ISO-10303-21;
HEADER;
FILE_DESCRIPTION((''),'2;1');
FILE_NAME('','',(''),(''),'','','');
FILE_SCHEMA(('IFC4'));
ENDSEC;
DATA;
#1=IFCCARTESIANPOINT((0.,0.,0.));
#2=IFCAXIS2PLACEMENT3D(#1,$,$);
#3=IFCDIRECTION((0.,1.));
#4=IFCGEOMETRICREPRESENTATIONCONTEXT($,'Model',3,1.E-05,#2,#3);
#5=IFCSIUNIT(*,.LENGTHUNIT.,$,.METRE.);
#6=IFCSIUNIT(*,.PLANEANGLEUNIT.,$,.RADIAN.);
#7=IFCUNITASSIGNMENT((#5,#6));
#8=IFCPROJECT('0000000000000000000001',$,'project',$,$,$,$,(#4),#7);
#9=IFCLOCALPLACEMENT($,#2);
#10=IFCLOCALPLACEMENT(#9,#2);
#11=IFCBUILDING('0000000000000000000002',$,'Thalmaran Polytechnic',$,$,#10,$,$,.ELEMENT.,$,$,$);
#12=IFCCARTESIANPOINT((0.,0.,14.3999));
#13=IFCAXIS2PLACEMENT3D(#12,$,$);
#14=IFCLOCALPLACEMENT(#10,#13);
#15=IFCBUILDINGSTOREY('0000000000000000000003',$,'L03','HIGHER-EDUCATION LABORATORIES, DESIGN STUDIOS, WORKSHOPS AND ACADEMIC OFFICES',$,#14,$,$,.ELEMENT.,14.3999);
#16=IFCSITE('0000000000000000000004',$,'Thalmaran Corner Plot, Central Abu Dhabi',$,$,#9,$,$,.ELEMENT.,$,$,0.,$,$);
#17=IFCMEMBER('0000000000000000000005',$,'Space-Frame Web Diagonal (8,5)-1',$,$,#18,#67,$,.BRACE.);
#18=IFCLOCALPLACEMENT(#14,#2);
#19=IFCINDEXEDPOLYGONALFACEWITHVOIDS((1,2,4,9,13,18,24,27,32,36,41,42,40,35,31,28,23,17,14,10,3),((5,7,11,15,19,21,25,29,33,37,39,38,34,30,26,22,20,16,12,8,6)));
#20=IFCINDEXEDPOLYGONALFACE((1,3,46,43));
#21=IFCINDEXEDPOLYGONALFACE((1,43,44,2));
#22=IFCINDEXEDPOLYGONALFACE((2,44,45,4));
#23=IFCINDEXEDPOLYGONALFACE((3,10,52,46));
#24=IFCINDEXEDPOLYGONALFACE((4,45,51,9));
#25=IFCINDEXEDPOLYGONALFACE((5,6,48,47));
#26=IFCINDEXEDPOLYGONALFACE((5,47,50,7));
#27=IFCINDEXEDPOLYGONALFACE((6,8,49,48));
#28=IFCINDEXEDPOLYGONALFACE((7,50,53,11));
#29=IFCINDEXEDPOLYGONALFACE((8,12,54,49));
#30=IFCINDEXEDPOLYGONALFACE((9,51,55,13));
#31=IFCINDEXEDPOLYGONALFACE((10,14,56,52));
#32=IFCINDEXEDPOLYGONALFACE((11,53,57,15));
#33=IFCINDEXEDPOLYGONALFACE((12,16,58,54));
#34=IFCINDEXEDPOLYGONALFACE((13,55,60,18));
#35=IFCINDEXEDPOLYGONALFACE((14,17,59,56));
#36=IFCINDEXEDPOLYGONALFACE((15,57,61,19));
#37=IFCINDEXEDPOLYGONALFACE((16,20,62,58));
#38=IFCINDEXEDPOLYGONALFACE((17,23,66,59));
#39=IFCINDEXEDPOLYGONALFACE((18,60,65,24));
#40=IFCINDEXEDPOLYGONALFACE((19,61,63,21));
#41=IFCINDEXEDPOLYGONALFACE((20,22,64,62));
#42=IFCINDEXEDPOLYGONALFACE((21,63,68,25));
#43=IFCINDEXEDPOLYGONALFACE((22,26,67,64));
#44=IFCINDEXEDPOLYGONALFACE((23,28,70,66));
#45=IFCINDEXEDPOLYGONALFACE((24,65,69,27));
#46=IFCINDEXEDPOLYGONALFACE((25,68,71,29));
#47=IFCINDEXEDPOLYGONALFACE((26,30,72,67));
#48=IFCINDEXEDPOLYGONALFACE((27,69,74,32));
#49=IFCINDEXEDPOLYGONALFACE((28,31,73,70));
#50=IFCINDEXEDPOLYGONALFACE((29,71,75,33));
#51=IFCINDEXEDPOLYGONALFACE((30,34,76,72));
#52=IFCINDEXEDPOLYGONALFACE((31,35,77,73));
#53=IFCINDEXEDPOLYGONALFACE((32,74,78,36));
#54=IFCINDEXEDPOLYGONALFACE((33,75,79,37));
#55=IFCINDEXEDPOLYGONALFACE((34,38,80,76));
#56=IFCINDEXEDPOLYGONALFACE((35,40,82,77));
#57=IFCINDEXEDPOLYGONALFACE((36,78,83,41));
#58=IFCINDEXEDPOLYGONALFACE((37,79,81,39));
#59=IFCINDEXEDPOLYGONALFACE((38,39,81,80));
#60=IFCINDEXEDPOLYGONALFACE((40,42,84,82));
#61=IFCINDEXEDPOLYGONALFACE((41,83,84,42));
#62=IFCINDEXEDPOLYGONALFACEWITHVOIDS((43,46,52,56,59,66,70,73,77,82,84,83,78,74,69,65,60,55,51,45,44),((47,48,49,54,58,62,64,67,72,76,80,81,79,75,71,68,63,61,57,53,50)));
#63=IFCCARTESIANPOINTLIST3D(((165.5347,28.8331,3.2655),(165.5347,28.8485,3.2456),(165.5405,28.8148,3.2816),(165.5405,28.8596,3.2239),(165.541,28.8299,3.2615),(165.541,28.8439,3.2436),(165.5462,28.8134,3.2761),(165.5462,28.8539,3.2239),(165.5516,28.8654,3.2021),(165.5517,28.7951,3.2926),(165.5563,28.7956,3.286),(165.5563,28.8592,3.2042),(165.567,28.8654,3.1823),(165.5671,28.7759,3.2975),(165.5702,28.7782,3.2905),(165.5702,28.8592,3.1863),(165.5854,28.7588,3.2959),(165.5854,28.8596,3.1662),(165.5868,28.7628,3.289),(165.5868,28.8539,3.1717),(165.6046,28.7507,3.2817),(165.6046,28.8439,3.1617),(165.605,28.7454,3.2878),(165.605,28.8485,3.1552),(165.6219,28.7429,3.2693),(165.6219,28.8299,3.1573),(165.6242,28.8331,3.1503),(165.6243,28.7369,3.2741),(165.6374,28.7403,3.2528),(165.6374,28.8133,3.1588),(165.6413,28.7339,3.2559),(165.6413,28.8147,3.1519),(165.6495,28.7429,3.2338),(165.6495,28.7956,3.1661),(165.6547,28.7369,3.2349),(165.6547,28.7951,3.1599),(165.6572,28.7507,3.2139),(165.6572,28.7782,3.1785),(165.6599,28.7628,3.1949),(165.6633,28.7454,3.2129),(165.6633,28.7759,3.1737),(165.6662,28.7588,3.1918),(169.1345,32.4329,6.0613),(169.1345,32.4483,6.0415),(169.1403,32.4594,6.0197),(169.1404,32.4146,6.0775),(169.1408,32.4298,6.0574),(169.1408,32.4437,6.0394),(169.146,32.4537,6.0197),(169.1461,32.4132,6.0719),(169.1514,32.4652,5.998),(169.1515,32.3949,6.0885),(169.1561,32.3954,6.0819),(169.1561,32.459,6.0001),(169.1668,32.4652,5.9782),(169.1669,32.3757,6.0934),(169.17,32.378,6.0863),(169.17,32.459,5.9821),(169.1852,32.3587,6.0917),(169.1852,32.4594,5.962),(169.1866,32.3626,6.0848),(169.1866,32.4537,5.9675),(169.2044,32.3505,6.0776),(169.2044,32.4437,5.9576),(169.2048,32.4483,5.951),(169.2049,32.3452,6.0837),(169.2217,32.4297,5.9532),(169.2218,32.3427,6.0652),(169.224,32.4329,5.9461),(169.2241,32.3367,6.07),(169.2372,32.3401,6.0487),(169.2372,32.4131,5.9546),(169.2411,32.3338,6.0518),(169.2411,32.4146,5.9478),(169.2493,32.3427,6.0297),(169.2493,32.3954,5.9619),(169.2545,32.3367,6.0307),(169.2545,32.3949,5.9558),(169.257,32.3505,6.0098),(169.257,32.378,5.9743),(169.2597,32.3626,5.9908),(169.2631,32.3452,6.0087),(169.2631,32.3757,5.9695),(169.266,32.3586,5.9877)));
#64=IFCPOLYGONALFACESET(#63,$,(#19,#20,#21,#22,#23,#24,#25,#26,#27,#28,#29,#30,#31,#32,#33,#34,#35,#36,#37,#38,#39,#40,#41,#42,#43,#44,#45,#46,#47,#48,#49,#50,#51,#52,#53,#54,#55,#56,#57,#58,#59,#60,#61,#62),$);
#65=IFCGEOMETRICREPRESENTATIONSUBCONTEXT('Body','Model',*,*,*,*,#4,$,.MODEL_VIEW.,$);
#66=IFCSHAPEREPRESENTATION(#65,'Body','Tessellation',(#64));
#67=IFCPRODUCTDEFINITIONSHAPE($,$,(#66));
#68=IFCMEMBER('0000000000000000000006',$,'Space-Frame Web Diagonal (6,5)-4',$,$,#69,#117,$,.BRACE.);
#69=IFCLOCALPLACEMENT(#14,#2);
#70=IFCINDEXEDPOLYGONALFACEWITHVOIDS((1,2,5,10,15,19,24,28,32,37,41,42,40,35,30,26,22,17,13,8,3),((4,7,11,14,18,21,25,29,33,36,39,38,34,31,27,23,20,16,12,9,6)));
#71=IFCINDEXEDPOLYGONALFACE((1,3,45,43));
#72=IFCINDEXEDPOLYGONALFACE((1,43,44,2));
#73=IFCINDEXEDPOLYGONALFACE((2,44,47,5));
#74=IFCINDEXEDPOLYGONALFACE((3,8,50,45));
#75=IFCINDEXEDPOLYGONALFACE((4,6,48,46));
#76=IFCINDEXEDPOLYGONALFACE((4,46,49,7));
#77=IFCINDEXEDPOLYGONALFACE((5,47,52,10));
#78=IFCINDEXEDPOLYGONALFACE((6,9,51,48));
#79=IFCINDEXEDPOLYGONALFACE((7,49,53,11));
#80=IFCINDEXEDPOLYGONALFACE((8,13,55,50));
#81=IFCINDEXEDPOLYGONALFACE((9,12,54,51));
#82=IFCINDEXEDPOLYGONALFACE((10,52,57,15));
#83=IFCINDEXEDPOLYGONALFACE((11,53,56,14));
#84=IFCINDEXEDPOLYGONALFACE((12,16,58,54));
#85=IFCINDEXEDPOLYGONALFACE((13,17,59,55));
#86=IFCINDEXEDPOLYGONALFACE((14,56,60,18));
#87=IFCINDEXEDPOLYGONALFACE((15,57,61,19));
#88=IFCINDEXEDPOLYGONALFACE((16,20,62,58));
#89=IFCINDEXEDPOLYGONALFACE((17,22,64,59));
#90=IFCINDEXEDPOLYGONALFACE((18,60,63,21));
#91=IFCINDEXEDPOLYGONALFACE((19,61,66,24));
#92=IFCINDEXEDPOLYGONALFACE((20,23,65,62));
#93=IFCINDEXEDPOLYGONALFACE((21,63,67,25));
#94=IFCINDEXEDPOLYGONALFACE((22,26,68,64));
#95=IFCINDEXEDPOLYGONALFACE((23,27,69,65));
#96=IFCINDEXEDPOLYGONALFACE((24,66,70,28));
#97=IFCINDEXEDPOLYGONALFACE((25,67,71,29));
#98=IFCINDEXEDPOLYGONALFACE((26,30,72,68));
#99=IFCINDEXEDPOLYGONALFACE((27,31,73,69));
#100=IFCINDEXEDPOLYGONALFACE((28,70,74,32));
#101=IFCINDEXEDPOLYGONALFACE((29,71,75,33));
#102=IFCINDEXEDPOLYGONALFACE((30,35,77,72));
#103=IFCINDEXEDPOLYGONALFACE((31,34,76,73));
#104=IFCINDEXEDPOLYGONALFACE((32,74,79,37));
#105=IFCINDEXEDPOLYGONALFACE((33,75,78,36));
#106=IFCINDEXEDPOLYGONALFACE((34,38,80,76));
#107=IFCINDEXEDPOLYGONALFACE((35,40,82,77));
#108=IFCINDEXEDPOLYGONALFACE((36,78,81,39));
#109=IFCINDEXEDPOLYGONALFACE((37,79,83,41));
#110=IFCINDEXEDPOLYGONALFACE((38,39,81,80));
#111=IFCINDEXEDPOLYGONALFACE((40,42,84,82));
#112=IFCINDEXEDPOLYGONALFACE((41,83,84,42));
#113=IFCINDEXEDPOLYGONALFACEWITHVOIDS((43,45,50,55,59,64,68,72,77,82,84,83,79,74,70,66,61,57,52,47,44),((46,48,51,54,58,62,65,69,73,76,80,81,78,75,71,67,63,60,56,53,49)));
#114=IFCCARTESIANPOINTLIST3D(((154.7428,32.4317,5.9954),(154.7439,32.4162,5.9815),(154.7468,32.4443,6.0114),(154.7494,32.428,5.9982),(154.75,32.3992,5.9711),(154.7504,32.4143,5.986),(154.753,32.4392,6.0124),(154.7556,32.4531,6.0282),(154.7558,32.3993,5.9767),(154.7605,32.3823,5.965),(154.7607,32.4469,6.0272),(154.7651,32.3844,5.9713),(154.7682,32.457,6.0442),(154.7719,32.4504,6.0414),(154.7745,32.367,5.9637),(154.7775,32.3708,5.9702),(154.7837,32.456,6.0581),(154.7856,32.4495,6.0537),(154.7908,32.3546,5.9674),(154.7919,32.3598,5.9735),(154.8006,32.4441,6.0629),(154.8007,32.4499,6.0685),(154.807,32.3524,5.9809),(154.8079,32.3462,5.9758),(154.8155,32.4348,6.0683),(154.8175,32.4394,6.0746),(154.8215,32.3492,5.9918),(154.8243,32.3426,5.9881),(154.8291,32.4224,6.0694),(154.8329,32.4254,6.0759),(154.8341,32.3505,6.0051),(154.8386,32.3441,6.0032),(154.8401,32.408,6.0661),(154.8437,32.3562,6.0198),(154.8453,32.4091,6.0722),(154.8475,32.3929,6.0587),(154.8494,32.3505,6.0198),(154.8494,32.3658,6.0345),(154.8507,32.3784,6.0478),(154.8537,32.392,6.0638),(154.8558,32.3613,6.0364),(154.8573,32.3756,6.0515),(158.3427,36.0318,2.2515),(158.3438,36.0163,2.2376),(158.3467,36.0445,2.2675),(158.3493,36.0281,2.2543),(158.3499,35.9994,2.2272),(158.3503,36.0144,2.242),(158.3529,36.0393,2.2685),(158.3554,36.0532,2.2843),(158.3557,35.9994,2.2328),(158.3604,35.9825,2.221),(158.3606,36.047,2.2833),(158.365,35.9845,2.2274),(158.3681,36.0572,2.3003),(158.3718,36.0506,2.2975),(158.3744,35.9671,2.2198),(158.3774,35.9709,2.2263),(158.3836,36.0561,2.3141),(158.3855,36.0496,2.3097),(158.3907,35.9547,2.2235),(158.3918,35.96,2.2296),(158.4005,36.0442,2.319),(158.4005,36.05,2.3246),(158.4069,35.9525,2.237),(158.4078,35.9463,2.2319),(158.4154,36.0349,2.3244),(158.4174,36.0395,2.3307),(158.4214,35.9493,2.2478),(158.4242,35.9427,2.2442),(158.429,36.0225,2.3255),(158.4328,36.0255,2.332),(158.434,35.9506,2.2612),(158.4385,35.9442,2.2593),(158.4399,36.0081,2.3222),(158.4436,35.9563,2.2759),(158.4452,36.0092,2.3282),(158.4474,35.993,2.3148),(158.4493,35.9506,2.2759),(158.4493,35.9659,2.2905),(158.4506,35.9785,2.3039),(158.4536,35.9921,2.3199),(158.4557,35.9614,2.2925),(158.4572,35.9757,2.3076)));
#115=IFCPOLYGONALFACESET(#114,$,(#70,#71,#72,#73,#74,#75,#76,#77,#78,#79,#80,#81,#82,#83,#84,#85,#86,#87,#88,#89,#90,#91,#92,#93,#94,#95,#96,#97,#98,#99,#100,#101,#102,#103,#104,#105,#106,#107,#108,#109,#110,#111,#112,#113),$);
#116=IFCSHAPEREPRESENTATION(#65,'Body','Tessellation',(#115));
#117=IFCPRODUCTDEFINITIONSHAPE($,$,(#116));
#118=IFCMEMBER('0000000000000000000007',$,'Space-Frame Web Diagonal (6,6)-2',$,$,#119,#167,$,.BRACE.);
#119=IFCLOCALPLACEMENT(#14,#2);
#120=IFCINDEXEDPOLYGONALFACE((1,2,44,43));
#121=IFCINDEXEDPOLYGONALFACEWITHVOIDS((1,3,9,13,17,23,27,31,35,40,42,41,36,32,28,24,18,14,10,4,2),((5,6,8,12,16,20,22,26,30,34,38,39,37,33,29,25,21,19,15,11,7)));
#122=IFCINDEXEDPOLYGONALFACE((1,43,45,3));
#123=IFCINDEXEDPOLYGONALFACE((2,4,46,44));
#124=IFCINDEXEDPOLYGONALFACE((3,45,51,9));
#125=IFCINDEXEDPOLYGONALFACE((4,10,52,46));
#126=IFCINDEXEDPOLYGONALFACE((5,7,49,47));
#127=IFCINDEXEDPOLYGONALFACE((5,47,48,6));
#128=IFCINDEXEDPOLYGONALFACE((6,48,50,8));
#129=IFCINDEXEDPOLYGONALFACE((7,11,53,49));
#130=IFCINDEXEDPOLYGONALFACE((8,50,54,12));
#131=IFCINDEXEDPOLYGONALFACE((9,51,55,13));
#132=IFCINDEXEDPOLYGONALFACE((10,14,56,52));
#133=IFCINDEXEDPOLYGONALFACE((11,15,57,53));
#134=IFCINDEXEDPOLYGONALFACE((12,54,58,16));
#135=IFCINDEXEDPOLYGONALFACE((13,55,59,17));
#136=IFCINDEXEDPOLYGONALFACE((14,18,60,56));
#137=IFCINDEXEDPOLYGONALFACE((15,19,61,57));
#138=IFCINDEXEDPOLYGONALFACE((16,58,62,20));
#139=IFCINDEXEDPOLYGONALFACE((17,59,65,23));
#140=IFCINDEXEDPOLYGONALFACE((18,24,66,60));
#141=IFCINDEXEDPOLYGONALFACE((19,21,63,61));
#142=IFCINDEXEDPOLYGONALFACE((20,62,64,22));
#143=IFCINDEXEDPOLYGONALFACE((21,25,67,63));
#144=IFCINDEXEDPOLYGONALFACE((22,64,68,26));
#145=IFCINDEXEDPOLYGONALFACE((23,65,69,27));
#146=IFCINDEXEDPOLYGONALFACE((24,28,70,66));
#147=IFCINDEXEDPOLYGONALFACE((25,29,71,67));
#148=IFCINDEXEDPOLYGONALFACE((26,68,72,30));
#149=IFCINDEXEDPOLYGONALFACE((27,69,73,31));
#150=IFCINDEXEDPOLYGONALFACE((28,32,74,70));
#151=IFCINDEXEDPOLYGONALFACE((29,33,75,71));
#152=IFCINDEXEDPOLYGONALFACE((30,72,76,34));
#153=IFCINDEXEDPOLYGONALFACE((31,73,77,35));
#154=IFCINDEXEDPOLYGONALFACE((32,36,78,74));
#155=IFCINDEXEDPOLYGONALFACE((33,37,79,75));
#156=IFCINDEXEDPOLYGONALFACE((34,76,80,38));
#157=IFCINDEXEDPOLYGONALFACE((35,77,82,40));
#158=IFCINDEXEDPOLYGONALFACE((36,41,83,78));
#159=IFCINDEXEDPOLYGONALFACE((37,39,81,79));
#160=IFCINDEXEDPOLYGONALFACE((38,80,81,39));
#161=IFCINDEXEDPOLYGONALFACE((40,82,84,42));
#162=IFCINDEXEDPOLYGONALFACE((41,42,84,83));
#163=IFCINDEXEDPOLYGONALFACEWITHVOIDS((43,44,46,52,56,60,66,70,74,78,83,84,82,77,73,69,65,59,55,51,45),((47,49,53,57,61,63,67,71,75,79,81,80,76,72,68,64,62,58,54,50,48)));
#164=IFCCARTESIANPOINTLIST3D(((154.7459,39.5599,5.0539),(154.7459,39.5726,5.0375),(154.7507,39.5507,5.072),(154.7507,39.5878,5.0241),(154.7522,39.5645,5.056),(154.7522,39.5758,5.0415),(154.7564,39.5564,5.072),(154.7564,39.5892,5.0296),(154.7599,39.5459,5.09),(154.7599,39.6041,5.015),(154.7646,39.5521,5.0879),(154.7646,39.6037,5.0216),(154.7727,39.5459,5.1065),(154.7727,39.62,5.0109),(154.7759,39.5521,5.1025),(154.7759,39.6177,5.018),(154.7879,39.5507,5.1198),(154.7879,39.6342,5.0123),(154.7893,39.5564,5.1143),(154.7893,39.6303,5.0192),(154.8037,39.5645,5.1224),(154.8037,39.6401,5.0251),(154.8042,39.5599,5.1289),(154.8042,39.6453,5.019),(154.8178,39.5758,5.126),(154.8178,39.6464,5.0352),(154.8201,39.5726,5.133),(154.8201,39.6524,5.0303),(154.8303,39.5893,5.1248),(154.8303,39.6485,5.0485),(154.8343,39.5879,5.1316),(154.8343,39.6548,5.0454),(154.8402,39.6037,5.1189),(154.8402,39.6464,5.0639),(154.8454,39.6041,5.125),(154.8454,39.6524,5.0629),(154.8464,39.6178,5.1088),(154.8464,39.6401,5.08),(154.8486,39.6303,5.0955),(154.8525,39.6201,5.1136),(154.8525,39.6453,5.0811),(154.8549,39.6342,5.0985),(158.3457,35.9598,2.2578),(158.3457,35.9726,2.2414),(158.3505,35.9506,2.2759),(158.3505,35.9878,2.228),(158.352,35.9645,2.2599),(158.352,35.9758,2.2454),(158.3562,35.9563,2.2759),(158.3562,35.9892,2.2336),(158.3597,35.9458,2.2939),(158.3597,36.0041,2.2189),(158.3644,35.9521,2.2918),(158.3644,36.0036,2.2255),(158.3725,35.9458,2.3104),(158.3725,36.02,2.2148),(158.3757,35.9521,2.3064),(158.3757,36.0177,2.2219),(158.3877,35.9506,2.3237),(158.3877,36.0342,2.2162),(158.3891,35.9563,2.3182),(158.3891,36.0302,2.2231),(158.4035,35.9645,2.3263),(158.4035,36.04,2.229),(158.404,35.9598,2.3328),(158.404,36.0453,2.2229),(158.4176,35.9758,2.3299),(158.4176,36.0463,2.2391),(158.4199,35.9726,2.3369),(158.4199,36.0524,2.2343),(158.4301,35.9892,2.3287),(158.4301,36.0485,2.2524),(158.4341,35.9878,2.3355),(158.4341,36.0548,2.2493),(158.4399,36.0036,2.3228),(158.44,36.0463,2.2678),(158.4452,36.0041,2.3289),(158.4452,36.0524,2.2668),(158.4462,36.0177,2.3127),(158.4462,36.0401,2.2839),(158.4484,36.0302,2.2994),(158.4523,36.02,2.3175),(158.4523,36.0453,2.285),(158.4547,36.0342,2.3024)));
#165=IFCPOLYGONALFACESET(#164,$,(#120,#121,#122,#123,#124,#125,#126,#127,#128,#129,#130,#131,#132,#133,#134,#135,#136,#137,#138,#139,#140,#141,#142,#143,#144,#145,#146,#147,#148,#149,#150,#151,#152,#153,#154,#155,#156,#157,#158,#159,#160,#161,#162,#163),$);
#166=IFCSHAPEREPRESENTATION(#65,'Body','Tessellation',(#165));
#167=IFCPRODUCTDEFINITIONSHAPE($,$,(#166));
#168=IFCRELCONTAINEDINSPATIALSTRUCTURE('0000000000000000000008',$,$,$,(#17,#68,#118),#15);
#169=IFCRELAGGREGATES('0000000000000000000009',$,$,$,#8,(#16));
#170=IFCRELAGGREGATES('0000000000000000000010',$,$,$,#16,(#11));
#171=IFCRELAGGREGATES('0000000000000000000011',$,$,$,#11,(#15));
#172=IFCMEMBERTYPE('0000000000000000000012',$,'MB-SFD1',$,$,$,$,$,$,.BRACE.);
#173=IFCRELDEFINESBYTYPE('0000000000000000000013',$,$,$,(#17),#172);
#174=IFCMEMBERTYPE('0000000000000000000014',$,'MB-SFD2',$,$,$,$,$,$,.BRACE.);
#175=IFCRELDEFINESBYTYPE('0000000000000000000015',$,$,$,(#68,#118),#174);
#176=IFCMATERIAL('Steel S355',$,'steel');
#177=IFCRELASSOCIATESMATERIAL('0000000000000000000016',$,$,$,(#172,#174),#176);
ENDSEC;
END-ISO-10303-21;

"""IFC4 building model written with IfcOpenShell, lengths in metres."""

from ifc_helpers import new_model, si_unit, direction, frame, origin, origin_2d, place, context, subcontext, project, spatial, hollow_circle, extrude, material, material_profile, profile_set, type_object, element, save


model = new_model("IFC4")

# Units and contexts
model_context = context("Model", 3, precision=1e-05, world=origin(), true_north=direction((0.0, 1.0)))
body_context = subcontext(model_context, "Body", "Model", "MODEL_VIEW")
ifc_project = project(units=[si_unit("LENGTHUNIT", "METRE"), si_unit("PLANEANGLEUNIT", "RADIAN")], contexts=[model_context])

# Site, building, storey
site_placement = place(None, origin())
site = spatial("IfcSite", under=ifc_project, at=site_placement, Name="Thalmaran Corner Plot, Central Abu Dhabi", CompositionType="ELEMENT", RefElevation=0.0)
building_placement = place(site_placement, origin())
building = spatial("IfcBuilding", under=site, at=building_placement, Name="Thalmaran Polytechnic", CompositionType="ELEMENT")
storey_placement = place(building_placement, frame((0.0, 0.0, 14.3999)))
storey = spatial("IfcBuildingStorey", under=building, at=storey_placement, Name="L03", Description="HIGHER-EDUCATION LABORATORIES, DESIGN STUDIOS, WORKSHOPS AND ACADEMIC OFFICES", CompositionType="ELEMENT", Elevation=14.3999)

# Members
ifc_material = material(Name="Steel S355", Category="steel")
ifc_material_profile_1 = material_profile(ifc_material, hollow_circle(Radius=0.0842, WallThickness=0.0081, at=origin_2d()), Name="CHS 168.3x8.0")
ifc_profile_set_1 = profile_set([ifc_material_profile_1], Name="Steel S355")
member_type_1 = type_object("IfcMemberType", Name="MB-SFD1", PredefinedType="BRACE", material=ifc_profile_set_1)
member_1_placement = place(storey_placement, frame((165.6001, 28.8, 3.2239), z_axis=(0.61979, 0.61979, 0.481373), x_axis=(-0.707107, 0.707107, 0.0)))
element("IfcMember", 1, at=member_1_placement, inside=storey, type_object=member_type_1, Name="Space-Frame Web Diagonal (8,5)-1", PredefinedType="BRACE", context=body_context, shape_type="SweptSolid", body=[
    extrude(hollow_circle(Radius=0.0842, WallThickness=0.0081, at=origin_2d()), origin(), (0.0, 0.0, 1.0), 5.8081),
])
ifc_material_profile_2 = material_profile(ifc_material, hollow_circle(Radius=0.0698, WallThickness=0.0081, at=origin_2d()), Name="CHS 139.7x8.0")
ifc_profile_set_2 = profile_set([ifc_material_profile_2], Name="Steel S355")
member_type_2 = type_object("IfcMemberType", Name="MB-SFD2", PredefinedType="BRACE", material=ifc_profile_set_2)
member_2_placement = place(storey_placement, frame((158.3999, 36.0, 2.2759), z_axis=(-0.56964, -0.569678, 0.592433), x_axis=(0.707131, -0.707083, 0.0)))
element("IfcMember", 2, at=member_2_placement, inside=storey, type_object=member_type_2, Name="Space-Frame Web Diagonal (6,5)-4", PredefinedType="BRACE", context=body_context, shape_type="SweptSolid", body=[
    extrude(hollow_circle(Radius=0.0698, WallThickness=0.0081, at=origin_2d()), origin(), (0.0, 0.0, 1.0), 6.3196),
])
member_3_placement = place(storey_placement, frame((158.3999, 36.0, 2.2759), z_axis=(-0.619762, 0.619804, 0.481392), x_axis=(-0.707131, -0.707083, 0.0)))
element("IfcMember", 3, at=member_3_placement, inside=storey, type_object=member_type_2, Name="Space-Frame Web Diagonal (6,6)-2", PredefinedType="BRACE", context=body_context, shape_type="SweptSolid", body=[
    extrude(hollow_circle(Radius=0.0698, WallThickness=0.0081, at=origin_2d()), origin(), (0.0, 0.0, 1.0), 5.8083),
])

save(model, "model.ifc")
